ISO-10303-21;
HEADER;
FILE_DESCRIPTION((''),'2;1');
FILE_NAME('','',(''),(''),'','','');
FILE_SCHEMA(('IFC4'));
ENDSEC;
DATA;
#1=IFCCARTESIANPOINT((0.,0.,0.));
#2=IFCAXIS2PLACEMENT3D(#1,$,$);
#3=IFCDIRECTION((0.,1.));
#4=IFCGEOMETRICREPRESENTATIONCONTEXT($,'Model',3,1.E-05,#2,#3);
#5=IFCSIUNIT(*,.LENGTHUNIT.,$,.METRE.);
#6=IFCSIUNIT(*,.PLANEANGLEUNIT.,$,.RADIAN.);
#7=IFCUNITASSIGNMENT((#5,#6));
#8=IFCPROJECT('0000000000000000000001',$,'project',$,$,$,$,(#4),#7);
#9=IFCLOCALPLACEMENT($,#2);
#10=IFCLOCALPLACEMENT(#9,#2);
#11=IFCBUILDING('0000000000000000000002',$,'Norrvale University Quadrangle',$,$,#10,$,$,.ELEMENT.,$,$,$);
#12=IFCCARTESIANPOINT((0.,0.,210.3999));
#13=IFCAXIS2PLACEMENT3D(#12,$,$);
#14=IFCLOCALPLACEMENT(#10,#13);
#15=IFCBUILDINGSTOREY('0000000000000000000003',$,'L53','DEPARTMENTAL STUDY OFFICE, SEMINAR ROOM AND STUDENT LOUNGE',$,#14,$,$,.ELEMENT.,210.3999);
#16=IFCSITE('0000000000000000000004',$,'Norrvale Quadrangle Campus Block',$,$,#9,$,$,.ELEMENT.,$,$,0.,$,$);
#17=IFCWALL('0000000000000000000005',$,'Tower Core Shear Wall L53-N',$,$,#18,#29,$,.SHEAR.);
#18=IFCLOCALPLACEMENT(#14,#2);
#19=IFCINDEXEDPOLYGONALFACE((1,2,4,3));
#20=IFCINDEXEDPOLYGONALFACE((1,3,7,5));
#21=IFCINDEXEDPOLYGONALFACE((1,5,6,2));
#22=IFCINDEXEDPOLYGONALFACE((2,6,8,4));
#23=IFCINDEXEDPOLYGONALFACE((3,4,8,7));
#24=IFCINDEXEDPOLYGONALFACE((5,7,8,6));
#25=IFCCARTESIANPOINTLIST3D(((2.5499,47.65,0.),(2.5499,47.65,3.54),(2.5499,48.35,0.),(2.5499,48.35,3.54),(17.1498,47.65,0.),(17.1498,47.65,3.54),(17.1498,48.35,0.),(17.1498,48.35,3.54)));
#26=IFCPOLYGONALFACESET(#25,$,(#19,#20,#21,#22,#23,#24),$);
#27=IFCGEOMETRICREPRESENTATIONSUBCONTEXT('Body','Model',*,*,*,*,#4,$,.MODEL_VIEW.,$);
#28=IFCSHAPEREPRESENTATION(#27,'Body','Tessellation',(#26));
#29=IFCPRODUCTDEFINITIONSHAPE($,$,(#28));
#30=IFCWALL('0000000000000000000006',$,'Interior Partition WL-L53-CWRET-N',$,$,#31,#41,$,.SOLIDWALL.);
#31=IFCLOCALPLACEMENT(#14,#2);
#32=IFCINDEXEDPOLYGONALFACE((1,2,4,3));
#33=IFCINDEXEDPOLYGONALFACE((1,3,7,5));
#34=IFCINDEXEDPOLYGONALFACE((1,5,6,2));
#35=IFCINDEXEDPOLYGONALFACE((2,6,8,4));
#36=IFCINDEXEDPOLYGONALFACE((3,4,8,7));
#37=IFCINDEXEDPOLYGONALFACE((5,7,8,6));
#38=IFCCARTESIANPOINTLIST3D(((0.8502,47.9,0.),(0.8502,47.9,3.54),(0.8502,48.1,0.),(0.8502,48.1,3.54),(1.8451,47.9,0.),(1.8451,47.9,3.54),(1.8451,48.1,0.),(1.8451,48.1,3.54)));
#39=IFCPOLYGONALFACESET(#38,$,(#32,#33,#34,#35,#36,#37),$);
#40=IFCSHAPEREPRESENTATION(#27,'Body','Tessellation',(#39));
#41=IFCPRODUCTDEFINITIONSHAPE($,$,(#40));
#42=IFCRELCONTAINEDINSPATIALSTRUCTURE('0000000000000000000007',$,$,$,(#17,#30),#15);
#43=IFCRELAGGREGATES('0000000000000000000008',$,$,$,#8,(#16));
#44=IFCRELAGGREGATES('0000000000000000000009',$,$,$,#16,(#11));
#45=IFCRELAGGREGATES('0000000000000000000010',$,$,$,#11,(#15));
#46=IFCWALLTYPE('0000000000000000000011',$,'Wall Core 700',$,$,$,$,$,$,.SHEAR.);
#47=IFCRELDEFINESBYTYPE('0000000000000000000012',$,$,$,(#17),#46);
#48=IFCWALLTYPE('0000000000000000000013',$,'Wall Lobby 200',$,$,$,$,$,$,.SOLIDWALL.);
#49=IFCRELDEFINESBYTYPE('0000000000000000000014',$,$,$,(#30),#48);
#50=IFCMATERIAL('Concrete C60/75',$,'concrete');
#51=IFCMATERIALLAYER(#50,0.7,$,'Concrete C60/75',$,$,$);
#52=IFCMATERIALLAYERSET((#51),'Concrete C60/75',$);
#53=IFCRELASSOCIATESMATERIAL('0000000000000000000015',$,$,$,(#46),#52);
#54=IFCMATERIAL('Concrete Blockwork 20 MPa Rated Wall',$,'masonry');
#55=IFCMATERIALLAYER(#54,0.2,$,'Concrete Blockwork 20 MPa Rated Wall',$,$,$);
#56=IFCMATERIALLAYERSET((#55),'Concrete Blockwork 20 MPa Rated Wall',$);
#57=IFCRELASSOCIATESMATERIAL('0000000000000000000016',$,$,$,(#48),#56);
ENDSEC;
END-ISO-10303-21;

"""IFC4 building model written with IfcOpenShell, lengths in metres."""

from ifc_helpers import new_model, si_unit, direction, frame, frame_2d, origin, place, context, subcontext, project, spatial, rectangle, extrude, material, layer, layer_set, type_object, element, save


model = new_model("IFC4")

# Units and contexts
model_context = context("Model", 3, precision=1e-05, world=origin(), true_north=direction((0.0, 1.0)))
body_context = subcontext(model_context, "Body", "Model", "MODEL_VIEW")
ifc_project = project(units=[si_unit("LENGTHUNIT", "METRE"), si_unit("PLANEANGLEUNIT", "RADIAN")], contexts=[model_context])

# Site, building, storey
site_placement = place(None, origin())
site = spatial("IfcSite", under=ifc_project, at=site_placement, Name="Norrvale Quadrangle Campus Block", CompositionType="ELEMENT", RefElevation=0.0)
building_placement = place(site_placement, origin())
building = spatial("IfcBuilding", under=site, at=building_placement, Name="Norrvale University Quadrangle", CompositionType="ELEMENT")
storey_placement = place(building_placement, frame((0.0, 0.0, 210.3999)))
storey = spatial("IfcBuildingStorey", under=building, at=storey_placement, Name="L53", Description="DEPARTMENTAL STUDY OFFICE, SEMINAR ROOM AND STUDENT LOUNGE", CompositionType="ELEMENT", Elevation=210.3999)

# Shared definitions
ifc_material_1 = material(Name="Concrete C60/75", Category="concrete")

# Walls
ifc_layer_1 = layer(ifc_material_1, 0.7, Name="Concrete C60/75")
ifc_layer_set_1 = layer_set([ifc_layer_1], Name="Concrete C60/75")
wall_type_1 = type_object("IfcWallType", Name="Wall Core 700", PredefinedType="SHEAR", material=ifc_layer_set_1)
wall_1_placement = place(storey_placement, frame((2.55, 48.0, 0.0), z_axis=(0.0, 0.0, 1.0), x_axis=(1.0, 0.0, 0.0)))
element("IfcWall", 1, at=wall_1_placement, inside=storey, type_object=wall_type_1, Name="Tower Core Shear Wall L53-N", PredefinedType="SHEAR", context=body_context, shape_type="SweptSolid", body=[
    extrude(rectangle(XDim=14.5999, YDim=0.7, at=frame_2d((7.2998, 0.0))), origin(), (0.0, 0.0, 1.0), 3.54),
])
ifc_material_2 = material(Name="Concrete Blockwork 20 MPa Rated Wall", Category="masonry")
ifc_layer_2 = layer(ifc_material_2, 0.2, Name="Concrete Blockwork 20 MPa Rated Wall")
ifc_layer_set_2 = layer_set([ifc_layer_2], Name="Concrete Blockwork 20 MPa Rated Wall")
wall_type_2 = type_object("IfcWallType", Name="Wall Lobby 200", PredefinedType="SOLIDWALL", material=ifc_layer_set_2)
wall_2_placement = place(storey_placement, frame((0.8501, 48.0, 0.0), z_axis=(0.0, 0.0, 1.0), x_axis=(1.0, 0.0, 0.0)))
element("IfcWall", 2, at=wall_2_placement, inside=storey, type_object=wall_type_2, Name="Interior Partition WL-L53-CWRET-N", PredefinedType="SOLIDWALL", context=body_context, shape_type="SweptSolid", body=[
    extrude(rectangle(XDim=0.9949, YDim=0.2, at=frame_2d((0.4976, 0.0))), origin(), (0.0, 0.0, 1.0), 3.54),
])

save(model, "model.ifc")
